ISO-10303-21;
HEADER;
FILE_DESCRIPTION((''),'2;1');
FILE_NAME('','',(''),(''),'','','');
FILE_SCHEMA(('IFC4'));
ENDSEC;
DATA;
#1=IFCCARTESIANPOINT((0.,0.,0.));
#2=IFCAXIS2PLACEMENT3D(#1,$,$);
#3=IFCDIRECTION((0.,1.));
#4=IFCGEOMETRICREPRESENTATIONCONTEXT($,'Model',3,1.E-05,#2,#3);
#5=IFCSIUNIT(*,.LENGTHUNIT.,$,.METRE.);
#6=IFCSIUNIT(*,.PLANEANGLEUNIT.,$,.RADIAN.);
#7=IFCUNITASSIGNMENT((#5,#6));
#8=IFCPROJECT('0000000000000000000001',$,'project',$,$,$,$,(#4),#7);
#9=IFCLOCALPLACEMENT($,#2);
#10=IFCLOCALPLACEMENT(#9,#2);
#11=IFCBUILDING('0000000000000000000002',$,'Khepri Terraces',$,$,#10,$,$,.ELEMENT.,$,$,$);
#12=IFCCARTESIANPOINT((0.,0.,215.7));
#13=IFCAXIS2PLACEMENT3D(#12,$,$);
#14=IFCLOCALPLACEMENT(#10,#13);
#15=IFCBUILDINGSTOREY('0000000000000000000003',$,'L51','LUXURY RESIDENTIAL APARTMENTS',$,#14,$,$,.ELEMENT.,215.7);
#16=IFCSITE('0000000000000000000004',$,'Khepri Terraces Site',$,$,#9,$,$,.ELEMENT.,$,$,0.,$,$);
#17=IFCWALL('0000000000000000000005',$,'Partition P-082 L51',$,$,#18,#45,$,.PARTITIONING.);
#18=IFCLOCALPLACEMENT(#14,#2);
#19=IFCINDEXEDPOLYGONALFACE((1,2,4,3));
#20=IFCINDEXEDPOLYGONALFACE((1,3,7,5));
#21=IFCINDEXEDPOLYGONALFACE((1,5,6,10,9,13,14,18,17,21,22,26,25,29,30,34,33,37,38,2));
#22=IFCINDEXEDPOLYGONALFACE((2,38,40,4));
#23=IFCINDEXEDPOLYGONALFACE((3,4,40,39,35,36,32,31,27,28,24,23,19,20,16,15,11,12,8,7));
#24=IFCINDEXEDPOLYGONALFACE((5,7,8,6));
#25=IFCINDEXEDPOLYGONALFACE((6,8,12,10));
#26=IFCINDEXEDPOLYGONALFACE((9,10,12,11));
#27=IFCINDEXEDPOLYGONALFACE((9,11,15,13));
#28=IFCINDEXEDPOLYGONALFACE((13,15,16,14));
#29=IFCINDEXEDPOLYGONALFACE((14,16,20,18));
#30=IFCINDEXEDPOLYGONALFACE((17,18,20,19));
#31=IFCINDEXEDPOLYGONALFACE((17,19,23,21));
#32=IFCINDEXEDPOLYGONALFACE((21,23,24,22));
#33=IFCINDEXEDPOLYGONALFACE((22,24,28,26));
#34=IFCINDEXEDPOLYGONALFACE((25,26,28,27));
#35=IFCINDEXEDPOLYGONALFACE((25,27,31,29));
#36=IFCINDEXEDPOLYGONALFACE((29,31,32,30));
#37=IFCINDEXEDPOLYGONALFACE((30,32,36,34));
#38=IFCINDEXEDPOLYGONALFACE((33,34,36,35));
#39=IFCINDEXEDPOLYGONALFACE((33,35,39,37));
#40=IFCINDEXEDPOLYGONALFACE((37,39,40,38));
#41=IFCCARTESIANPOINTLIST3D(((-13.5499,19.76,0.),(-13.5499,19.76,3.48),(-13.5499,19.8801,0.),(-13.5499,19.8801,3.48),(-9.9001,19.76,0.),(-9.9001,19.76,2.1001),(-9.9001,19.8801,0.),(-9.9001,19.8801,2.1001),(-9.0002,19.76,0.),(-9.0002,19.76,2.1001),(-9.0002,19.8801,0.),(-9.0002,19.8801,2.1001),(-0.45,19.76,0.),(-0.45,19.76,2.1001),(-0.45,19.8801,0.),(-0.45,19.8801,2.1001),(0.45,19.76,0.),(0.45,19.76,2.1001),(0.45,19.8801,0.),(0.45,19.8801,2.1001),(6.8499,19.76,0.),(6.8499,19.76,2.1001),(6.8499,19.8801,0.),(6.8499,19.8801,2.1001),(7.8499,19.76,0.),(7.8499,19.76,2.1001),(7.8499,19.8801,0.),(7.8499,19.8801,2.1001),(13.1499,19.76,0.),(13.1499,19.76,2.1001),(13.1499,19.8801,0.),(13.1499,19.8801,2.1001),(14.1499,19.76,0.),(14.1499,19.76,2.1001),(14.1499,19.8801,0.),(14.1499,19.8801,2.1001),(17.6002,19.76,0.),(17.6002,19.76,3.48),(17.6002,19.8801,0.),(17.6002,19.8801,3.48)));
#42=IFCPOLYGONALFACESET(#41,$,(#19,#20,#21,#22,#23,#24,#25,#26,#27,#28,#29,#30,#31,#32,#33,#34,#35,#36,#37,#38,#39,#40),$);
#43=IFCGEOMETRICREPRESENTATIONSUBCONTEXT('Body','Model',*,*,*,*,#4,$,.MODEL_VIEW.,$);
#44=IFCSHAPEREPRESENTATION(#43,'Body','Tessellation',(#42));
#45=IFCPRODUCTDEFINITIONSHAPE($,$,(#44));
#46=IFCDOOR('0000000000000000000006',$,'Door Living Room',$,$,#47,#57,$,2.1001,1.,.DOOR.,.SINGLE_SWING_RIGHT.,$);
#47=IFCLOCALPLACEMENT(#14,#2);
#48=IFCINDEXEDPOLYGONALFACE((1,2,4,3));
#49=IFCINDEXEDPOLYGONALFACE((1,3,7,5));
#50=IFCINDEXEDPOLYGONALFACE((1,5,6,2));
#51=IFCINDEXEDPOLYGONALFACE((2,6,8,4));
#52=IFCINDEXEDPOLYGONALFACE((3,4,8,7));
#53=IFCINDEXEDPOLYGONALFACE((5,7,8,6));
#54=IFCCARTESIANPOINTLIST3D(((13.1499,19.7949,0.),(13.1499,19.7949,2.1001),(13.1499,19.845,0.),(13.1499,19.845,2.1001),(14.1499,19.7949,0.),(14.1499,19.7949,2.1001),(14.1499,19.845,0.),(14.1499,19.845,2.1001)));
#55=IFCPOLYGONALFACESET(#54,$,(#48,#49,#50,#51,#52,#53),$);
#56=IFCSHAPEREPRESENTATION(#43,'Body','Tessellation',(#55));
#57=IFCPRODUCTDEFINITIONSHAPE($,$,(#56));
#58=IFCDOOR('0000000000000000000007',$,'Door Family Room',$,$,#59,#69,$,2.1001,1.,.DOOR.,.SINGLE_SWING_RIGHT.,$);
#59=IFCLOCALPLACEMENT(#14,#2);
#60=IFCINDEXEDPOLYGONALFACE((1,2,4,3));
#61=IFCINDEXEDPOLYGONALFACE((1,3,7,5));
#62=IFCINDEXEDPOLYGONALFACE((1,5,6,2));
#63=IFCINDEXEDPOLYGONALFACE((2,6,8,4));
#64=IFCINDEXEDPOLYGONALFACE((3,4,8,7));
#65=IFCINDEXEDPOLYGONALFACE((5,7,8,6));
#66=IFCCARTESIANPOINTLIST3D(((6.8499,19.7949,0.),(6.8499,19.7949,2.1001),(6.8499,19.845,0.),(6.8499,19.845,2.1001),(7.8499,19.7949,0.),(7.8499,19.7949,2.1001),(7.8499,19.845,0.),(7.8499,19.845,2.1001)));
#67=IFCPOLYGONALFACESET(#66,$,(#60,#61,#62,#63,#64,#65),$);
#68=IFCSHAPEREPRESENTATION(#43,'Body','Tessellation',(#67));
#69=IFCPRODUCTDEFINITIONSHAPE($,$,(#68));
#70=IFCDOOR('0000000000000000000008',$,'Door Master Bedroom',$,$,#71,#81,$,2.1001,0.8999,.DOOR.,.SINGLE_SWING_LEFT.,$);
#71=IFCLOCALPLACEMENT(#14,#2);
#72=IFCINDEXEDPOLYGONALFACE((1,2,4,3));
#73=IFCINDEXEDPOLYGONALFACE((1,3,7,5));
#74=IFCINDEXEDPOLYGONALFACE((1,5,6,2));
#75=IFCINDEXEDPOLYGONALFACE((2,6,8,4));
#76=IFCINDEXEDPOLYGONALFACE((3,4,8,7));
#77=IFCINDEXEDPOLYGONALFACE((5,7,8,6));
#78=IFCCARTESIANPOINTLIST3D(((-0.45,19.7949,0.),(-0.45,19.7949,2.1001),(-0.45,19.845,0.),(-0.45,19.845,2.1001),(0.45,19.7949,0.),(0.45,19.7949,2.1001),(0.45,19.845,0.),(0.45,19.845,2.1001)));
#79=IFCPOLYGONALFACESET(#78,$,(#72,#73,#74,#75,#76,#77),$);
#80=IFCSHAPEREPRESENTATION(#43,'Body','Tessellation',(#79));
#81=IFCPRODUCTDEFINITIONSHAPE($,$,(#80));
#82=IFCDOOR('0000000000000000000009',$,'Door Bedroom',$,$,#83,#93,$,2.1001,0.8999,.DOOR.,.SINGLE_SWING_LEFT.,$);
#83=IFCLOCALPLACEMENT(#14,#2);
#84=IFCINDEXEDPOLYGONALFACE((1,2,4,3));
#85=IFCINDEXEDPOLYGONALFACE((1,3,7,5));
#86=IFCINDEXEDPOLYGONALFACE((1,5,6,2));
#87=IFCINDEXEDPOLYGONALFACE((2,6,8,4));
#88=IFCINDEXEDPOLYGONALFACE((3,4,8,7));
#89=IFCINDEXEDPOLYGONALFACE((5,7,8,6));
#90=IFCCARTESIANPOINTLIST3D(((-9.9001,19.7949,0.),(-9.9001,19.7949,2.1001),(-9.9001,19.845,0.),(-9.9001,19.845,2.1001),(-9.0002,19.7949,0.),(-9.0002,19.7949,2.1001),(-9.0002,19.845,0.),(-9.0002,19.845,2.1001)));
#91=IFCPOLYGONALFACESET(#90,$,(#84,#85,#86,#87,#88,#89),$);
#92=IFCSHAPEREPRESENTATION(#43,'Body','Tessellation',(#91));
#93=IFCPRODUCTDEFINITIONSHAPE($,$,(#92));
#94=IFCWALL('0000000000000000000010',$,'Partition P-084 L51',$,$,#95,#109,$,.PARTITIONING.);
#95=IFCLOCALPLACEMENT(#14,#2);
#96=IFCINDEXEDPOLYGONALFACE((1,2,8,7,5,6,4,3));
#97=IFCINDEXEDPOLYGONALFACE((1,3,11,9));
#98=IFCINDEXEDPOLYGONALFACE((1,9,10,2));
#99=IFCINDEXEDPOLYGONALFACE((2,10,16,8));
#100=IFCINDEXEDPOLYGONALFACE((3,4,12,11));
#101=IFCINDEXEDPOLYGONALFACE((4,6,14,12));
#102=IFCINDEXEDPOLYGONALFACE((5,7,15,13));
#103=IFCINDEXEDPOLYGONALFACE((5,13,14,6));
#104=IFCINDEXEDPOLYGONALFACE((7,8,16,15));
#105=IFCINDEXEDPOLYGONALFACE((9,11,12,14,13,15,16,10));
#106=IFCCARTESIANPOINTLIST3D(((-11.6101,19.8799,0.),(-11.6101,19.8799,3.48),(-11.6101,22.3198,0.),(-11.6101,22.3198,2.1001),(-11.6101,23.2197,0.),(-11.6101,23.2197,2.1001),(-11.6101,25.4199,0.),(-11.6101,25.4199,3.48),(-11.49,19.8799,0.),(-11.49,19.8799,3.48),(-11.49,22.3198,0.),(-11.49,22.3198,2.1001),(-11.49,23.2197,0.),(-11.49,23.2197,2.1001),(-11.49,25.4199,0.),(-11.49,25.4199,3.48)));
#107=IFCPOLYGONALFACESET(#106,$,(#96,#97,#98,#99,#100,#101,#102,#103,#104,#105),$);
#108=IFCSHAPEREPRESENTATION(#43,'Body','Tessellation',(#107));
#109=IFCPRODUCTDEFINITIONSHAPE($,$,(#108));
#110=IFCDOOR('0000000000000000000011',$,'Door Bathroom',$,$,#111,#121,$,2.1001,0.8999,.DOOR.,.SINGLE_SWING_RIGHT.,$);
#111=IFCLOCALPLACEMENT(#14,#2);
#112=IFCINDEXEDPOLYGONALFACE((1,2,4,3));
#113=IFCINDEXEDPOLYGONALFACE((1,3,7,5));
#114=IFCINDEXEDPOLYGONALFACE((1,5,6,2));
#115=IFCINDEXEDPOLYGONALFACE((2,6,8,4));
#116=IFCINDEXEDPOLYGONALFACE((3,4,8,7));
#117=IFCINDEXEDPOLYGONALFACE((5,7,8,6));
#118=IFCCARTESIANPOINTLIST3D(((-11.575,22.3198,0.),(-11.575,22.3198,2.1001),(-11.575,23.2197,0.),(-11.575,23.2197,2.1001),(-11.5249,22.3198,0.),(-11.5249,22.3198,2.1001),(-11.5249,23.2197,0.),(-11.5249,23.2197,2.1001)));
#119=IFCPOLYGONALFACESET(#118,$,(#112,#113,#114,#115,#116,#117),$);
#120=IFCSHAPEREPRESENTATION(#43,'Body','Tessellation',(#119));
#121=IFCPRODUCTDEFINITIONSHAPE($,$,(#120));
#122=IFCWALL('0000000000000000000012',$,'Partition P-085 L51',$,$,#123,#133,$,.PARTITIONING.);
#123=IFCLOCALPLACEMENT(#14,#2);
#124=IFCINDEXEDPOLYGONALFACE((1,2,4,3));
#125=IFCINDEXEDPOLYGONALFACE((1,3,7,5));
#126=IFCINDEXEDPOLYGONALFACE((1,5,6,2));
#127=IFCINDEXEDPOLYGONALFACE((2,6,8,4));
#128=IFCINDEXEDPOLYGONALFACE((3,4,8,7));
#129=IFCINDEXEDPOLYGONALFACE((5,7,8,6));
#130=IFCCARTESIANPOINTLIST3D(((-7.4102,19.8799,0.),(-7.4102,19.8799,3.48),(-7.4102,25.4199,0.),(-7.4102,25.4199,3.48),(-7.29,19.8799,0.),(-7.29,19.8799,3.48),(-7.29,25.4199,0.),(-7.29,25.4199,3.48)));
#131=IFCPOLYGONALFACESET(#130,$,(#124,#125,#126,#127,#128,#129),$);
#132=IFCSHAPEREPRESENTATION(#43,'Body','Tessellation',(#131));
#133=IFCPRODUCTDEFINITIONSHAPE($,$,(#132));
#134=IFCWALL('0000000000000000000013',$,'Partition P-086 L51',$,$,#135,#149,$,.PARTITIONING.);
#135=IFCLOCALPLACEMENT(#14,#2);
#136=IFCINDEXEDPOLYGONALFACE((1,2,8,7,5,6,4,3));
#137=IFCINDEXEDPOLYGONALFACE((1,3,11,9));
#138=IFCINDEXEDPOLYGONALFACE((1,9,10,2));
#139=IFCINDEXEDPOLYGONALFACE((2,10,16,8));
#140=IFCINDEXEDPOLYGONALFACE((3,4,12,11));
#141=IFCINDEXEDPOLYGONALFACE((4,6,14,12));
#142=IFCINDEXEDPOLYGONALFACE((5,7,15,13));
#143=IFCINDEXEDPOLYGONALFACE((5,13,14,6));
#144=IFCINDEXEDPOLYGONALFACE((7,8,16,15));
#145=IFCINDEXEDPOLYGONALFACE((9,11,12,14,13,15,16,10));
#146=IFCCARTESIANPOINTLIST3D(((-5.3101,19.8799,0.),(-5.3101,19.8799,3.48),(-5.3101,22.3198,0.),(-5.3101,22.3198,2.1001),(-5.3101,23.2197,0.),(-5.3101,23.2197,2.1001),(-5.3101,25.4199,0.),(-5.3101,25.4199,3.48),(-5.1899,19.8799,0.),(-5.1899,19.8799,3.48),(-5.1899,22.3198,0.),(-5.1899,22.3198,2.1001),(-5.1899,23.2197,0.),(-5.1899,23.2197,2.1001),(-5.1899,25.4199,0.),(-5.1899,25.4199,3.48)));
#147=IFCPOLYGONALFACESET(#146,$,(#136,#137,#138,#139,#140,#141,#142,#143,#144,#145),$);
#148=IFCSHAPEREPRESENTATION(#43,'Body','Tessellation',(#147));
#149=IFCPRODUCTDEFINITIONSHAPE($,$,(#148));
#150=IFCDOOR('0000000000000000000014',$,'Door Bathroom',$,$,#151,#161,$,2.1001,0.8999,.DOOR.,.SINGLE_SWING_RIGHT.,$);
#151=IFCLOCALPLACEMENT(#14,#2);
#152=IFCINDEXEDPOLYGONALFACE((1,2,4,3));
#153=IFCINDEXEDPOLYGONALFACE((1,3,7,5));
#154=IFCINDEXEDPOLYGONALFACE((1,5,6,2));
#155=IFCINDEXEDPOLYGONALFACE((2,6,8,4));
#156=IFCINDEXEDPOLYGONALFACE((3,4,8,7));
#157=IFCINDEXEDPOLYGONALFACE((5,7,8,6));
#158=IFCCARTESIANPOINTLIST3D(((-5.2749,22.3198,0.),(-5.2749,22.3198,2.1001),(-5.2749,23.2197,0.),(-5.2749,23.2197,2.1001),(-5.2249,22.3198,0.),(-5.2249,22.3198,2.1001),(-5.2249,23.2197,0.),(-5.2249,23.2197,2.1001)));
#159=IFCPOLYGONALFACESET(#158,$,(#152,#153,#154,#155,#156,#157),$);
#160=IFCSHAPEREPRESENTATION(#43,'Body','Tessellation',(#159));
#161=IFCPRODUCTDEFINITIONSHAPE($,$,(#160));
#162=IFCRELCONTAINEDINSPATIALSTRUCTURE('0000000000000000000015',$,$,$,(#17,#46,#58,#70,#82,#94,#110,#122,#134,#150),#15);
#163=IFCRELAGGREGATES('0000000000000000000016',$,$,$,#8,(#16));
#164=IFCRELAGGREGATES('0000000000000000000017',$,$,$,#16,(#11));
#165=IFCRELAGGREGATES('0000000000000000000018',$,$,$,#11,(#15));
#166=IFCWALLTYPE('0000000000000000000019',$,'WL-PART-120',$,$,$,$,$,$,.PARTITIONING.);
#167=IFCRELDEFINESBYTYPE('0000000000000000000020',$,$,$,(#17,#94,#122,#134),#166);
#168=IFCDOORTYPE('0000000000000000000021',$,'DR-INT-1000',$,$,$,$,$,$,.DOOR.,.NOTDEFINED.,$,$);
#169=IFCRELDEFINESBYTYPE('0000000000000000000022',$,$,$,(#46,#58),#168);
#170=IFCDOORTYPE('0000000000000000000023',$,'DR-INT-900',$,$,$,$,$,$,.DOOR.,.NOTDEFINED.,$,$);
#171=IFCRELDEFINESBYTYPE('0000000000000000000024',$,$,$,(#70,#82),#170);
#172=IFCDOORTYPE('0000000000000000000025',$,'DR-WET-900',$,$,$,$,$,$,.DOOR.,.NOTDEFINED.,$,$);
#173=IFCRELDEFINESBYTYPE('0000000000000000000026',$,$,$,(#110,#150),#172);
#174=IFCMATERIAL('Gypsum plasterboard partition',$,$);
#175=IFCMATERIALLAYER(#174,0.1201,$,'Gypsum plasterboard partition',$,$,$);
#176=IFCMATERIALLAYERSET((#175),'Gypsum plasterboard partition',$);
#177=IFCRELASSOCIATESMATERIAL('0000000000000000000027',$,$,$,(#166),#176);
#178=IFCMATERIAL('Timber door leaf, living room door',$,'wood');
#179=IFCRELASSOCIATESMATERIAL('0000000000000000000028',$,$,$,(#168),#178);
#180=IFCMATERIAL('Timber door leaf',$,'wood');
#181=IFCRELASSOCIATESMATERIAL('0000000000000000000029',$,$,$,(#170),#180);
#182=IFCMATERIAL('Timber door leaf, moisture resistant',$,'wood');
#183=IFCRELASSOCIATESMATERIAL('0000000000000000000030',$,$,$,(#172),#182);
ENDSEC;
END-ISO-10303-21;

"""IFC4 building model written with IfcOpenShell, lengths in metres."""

from ifc_helpers import new_model, si_unit, direction, frame, frame_2d, origin, place, context, subcontext, project, spatial, rectangle, extrude, material, layer, layer_set, type_object, element, fill, save


model = new_model("IFC4")

# Units and contexts
model_context = context("Model", 3, precision=1e-05, world=origin(), true_north=direction((0.0, 1.0)))
body_context = subcontext(model_context, "Body", "Model", "MODEL_VIEW")
ifc_project = project(units=[si_unit("LENGTHUNIT", "METRE"), si_unit("PLANEANGLEUNIT", "RADIAN")], contexts=[model_context])

# Site, building, storey
site_placement = place(None, origin())
site = spatial("IfcSite", under=ifc_project, at=site_placement, Name="Khepri Terraces Site", CompositionType="ELEMENT", RefElevation=0.0)
building_placement = place(site_placement, origin())
building = spatial("IfcBuilding", under=site, at=building_placement, Name="Khepri Terraces", CompositionType="ELEMENT")
storey_placement = place(building_placement, frame((0.0, 0.0, 215.7)))
storey = spatial("IfcBuildingStorey", under=building, at=storey_placement, Name="L51", Description="LUXURY RESIDENTIAL APARTMENTS", CompositionType="ELEMENT", Elevation=215.7)

# Wall, openings, doors
ifc_material_1 = material(Name="Gypsum plasterboard partition")
ifc_layer_1 = layer(ifc_material_1, 0.1201, Name="Gypsum plasterboard partition")
ifc_layer_set_1 = layer_set([ifc_layer_1], Name="Gypsum plasterboard partition")
wall_type_1 = type_object("IfcWallType", Name="WL-PART-120", PredefinedType="PARTITIONING", material=ifc_layer_set_1)
wall_1_placement = place(storey_placement, frame((-13.55, 19.8201, 0.0), z_axis=(0.0, 0.0, 1.0), x_axis=(1.0, 0.0, 0.0)))
wall_1 = element("IfcWall", 1, at=wall_1_placement, inside=storey, type_object=wall_type_1, Name="Partition P-082 L51", PredefinedType="PARTITIONING", context=body_context, shape_type="SweptSolid", body=[
    extrude(rectangle(XDim=31.1501, YDim=0.1201, at=frame_2d((15.5752, 0.0))), origin(), (0.0, 0.0, 1.0), 3.48),
])
opening_1_placement = place(wall_1_placement, frame((26.7, 0.0, 0.0)))
opening_1 = element("IfcOpeningElement", 2, at=opening_1_placement, cuts=wall_1, PredefinedType="OPENING", context=body_context, shape_type="SweptSolid", body=[
    extrude(rectangle(XDim=1.0, YDim=2.1001, at=frame_2d((0.5, 1.05))), frame((0.0, 0.0701, 0.0), z_axis=(0.0, -1.0, 0.0), x_axis=(1.0, 0.0, 0.0)), (0.0, 0.0, 1.0), 0.1401),
])
opening_2_placement = place(wall_1_placement, frame((20.3999, 0.0, 0.0)))
opening_2 = element("IfcOpeningElement", 3, at=opening_2_placement, cuts=wall_1, PredefinedType="OPENING", context=body_context, shape_type="SweptSolid", body=[
    extrude(rectangle(XDim=1.0, YDim=2.1001, at=frame_2d((0.5, 1.05))), frame((0.0, 0.0701, 0.0), z_axis=(0.0, -1.0, 0.0), x_axis=(1.0, 0.0, 0.0)), (0.0, 0.0, 1.0), 0.1401),
])
opening_3_placement = place(wall_1_placement, frame((13.1001, 0.0, 0.0)))
opening_3 = element("IfcOpeningElement", 4, at=opening_3_placement, cuts=wall_1, PredefinedType="OPENING", context=body_context, shape_type="SweptSolid", body=[
    extrude(rectangle(XDim=0.8999, YDim=2.1001, at=frame_2d((0.45, 1.05))), frame((0.0, 0.0701, 0.0), z_axis=(0.0, -1.0, 0.0), x_axis=(1.0, 0.0, 0.0)), (0.0, 0.0, 1.0), 0.1401),
])
opening_4_placement = place(wall_1_placement, frame((3.6499, 0.0, 0.0)))
opening_4 = element("IfcOpeningElement", 5, at=opening_4_placement, cuts=wall_1, PredefinedType="OPENING", context=body_context, shape_type="SweptSolid", body=[
    extrude(rectangle(XDim=0.8999, YDim=2.1001, at=frame_2d((0.45, 1.05))), frame((0.0, 0.0701, 0.0), z_axis=(0.0, -1.0, 0.0), x_axis=(1.0, 0.0, 0.0)), (0.0, 0.0, 1.0), 0.1401),
])
ifc_material_2 = material(Name="Timber door leaf, living room door", Category="wood")
door_type_1 = type_object("IfcDoorType", Name="DR-INT-1000", OperationType="NOTDEFINED", PredefinedType="DOOR", material=ifc_material_2)
door_1_placement = place(opening_1_placement, origin())
door_1 = element("IfcDoor", 6, at=door_1_placement, inside=storey, type_object=door_type_1, Name="Door Living Room", OperationType="SINGLE_SWING_RIGHT", OverallHeight=2.1001, OverallWidth=1.0, PredefinedType="DOOR", context=body_context, shape_type="SweptSolid", body=[
    extrude(rectangle(XDim=1.0, YDim=2.1001, at=frame_2d((0.5, 1.05))), frame((0.0, 0.0249, 0.0), z_axis=(0.0, -1.0, 0.0), x_axis=(1.0, 0.0, 0.0)), (0.0, 0.0, 1.0), 0.05),
])
fill(opening_1, door_1)
door_2_placement = place(opening_2_placement, origin())
door_2 = element("IfcDoor", 7, at=door_2_placement, inside=storey, type_object=door_type_1, Name="Door Family Room", OperationType="SINGLE_SWING_RIGHT", OverallHeight=2.1001, OverallWidth=1.0, PredefinedType="DOOR", context=body_context, shape_type="SweptSolid", body=[
    extrude(rectangle(XDim=1.0, YDim=2.1001, at=frame_2d((0.5, 1.05))), frame((0.0, 0.0249, 0.0), z_axis=(0.0, -1.0, 0.0), x_axis=(1.0, 0.0, 0.0)), (0.0, 0.0, 1.0), 0.05),
])
fill(opening_2, door_2)
ifc_material_3 = material(Name="Timber door leaf", Category="wood")
door_type_2 = type_object("IfcDoorType", Name="DR-INT-900", OperationType="NOTDEFINED", PredefinedType="DOOR", material=ifc_material_3)
door_3_placement = place(opening_3_placement, origin())
door_3 = element("IfcDoor", 8, at=door_3_placement, inside=storey, type_object=door_type_2, Name="Door Master Bedroom", OperationType="SINGLE_SWING_LEFT", OverallHeight=2.1001, OverallWidth=0.8999, PredefinedType="DOOR", context=body_context, shape_type="SweptSolid", body=[
    extrude(rectangle(XDim=0.8999, YDim=2.1001, at=frame_2d((0.45, 1.05))), frame((0.0, 0.0249, 0.0), z_axis=(0.0, -1.0, 0.0), x_axis=(1.0, 0.0, 0.0)), (0.0, 0.0, 1.0), 0.05),
])
fill(opening_3, door_3)
door_4_placement = place(opening_4_placement, origin())
door_4 = element("IfcDoor", 9, at=door_4_placement, inside=storey, type_object=door_type_2, Name="Door Bedroom", OperationType="SINGLE_SWING_LEFT", OverallHeight=2.1001, OverallWidth=0.8999, PredefinedType="DOOR", context=body_context, shape_type="SweptSolid", body=[
    extrude(rectangle(XDim=0.8999, YDim=2.1001, at=frame_2d((0.45, 1.05))), frame((0.0, 0.0249, 0.0), z_axis=(0.0, -1.0, 0.0), x_axis=(1.0, 0.0, 0.0)), (0.0, 0.0, 1.0), 0.05),
])
fill(opening_4, door_4)

# Wall, opening, door
wall_2_placement = place(storey_placement, frame((-11.55, 19.8799, 0.0), z_axis=(0.0, 0.0, 1.0), x_axis=(0.0, 1.0, 0.0)))
wall_2 = element("IfcWall", 10, at=wall_2_placement, inside=storey, type_object=wall_type_1, Name="Partition P-084 L51", PredefinedType="PARTITIONING", context=body_context, shape_type="SweptSolid", body=[
    extrude(rectangle(XDim=5.54, YDim=0.1201, at=frame_2d((2.77, 0.0))), origin(), (0.0, 0.0, 1.0), 3.48),
])
opening_5_placement = place(wall_2_placement, frame((2.4399, 0.0, 0.0)))
opening_5 = element("IfcOpeningElement", 11, at=opening_5_placement, cuts=wall_2, PredefinedType="OPENING", context=body_context, shape_type="SweptSolid", body=[
    extrude(rectangle(XDim=0.8999, YDim=2.1001, at=frame_2d((0.45, 1.05))), frame((0.0, 0.0701, 0.0), z_axis=(0.0, -1.0, 0.0), x_axis=(1.0, 0.0, 0.0)), (0.0, 0.0, 1.0), 0.1401),
])
ifc_material_4 = material(Name="Timber door leaf, moisture resistant", Category="wood")
door_type_3 = type_object("IfcDoorType", Name="DR-WET-900", OperationType="NOTDEFINED", PredefinedType="DOOR", material=ifc_material_4)
door_5_placement = place(opening_5_placement, origin())
door_5 = element("IfcDoor", 12, at=door_5_placement, inside=storey, type_object=door_type_3, Name="Door Bathroom", OperationType="SINGLE_SWING_RIGHT", OverallHeight=2.1001, OverallWidth=0.8999, PredefinedType="DOOR", context=body_context, shape_type="SweptSolid", body=[
    extrude(rectangle(XDim=0.8999, YDim=2.1001, at=frame_2d((0.45, 1.05))), frame((0.0, 0.0249, 0.0), z_axis=(0.0, -1.0, 0.0), x_axis=(1.0, 0.0, 0.0)), (0.0, 0.0, 1.0), 0.05),
])
fill(opening_5, door_5)

# Wall
wall_3_placement = place(storey_placement, frame((-7.3501, 19.8799, 0.0), z_axis=(0.0, 0.0, 1.0), x_axis=(0.0, 1.0, 0.0)))
element("IfcWall", 13, at=wall_3_placement, inside=storey, type_object=wall_type_1, Name="Partition P-085 L51", PredefinedType="PARTITIONING", context=body_context, shape_type="SweptSolid", body=[
    extrude(rectangle(XDim=5.54, YDim=0.1201, at=frame_2d((2.77, 0.0))), origin(), (0.0, 0.0, 1.0), 3.48),
])

# Wall, opening, door
wall_4_placement = place(storey_placement, frame((-5.25, 19.8799, 0.0), z_axis=(0.0, 0.0, 1.0), x_axis=(0.0, 1.0, 0.0)))
wall_4 = element("IfcWall", 14, at=wall_4_placement, inside=storey, type_object=wall_type_1, Name="Partition P-086 L51", PredefinedType="PARTITIONING", context=body_context, shape_type="SweptSolid", body=[
    extrude(rectangle(XDim=5.54, YDim=0.1201, at=frame_2d((2.77, 0.0))), origin(), (0.0, 0.0, 1.0), 3.48),
])
opening_6_placement = place(wall_4_placement, frame((2.4399, 0.0, 0.0)))
opening_6 = element("IfcOpeningElement", 15, at=opening_6_placement, cuts=wall_4, PredefinedType="OPENING", context=body_context, shape_type="SweptSolid", body=[
    extrude(rectangle(XDim=0.8999, YDim=2.1001, at=frame_2d((0.45, 1.05))), frame((0.0, 0.0701, 0.0), z_axis=(0.0, -1.0, 0.0), x_axis=(1.0, 0.0, 0.0)), (0.0, 0.0, 1.0), 0.1401),
])
door_6_placement = place(opening_6_placement, origin())
door_6 = element("IfcDoor", 16, at=door_6_placement, inside=storey, type_object=door_type_3, Name="Door Bathroom", OperationType="SINGLE_SWING_RIGHT", OverallHeight=2.1001, OverallWidth=0.8999, PredefinedType="DOOR", context=body_context, shape_type="SweptSolid", body=[
    extrude(rectangle(XDim=0.8999, YDim=2.1001, at=frame_2d((0.45, 1.05))), frame((0.0, 0.0249, 0.0), z_axis=(0.0, -1.0, 0.0), x_axis=(1.0, 0.0, 0.0)), (0.0, 0.0, 1.0), 0.05),
])
fill(opening_6, door_6)

save(model, "model.ifc")
